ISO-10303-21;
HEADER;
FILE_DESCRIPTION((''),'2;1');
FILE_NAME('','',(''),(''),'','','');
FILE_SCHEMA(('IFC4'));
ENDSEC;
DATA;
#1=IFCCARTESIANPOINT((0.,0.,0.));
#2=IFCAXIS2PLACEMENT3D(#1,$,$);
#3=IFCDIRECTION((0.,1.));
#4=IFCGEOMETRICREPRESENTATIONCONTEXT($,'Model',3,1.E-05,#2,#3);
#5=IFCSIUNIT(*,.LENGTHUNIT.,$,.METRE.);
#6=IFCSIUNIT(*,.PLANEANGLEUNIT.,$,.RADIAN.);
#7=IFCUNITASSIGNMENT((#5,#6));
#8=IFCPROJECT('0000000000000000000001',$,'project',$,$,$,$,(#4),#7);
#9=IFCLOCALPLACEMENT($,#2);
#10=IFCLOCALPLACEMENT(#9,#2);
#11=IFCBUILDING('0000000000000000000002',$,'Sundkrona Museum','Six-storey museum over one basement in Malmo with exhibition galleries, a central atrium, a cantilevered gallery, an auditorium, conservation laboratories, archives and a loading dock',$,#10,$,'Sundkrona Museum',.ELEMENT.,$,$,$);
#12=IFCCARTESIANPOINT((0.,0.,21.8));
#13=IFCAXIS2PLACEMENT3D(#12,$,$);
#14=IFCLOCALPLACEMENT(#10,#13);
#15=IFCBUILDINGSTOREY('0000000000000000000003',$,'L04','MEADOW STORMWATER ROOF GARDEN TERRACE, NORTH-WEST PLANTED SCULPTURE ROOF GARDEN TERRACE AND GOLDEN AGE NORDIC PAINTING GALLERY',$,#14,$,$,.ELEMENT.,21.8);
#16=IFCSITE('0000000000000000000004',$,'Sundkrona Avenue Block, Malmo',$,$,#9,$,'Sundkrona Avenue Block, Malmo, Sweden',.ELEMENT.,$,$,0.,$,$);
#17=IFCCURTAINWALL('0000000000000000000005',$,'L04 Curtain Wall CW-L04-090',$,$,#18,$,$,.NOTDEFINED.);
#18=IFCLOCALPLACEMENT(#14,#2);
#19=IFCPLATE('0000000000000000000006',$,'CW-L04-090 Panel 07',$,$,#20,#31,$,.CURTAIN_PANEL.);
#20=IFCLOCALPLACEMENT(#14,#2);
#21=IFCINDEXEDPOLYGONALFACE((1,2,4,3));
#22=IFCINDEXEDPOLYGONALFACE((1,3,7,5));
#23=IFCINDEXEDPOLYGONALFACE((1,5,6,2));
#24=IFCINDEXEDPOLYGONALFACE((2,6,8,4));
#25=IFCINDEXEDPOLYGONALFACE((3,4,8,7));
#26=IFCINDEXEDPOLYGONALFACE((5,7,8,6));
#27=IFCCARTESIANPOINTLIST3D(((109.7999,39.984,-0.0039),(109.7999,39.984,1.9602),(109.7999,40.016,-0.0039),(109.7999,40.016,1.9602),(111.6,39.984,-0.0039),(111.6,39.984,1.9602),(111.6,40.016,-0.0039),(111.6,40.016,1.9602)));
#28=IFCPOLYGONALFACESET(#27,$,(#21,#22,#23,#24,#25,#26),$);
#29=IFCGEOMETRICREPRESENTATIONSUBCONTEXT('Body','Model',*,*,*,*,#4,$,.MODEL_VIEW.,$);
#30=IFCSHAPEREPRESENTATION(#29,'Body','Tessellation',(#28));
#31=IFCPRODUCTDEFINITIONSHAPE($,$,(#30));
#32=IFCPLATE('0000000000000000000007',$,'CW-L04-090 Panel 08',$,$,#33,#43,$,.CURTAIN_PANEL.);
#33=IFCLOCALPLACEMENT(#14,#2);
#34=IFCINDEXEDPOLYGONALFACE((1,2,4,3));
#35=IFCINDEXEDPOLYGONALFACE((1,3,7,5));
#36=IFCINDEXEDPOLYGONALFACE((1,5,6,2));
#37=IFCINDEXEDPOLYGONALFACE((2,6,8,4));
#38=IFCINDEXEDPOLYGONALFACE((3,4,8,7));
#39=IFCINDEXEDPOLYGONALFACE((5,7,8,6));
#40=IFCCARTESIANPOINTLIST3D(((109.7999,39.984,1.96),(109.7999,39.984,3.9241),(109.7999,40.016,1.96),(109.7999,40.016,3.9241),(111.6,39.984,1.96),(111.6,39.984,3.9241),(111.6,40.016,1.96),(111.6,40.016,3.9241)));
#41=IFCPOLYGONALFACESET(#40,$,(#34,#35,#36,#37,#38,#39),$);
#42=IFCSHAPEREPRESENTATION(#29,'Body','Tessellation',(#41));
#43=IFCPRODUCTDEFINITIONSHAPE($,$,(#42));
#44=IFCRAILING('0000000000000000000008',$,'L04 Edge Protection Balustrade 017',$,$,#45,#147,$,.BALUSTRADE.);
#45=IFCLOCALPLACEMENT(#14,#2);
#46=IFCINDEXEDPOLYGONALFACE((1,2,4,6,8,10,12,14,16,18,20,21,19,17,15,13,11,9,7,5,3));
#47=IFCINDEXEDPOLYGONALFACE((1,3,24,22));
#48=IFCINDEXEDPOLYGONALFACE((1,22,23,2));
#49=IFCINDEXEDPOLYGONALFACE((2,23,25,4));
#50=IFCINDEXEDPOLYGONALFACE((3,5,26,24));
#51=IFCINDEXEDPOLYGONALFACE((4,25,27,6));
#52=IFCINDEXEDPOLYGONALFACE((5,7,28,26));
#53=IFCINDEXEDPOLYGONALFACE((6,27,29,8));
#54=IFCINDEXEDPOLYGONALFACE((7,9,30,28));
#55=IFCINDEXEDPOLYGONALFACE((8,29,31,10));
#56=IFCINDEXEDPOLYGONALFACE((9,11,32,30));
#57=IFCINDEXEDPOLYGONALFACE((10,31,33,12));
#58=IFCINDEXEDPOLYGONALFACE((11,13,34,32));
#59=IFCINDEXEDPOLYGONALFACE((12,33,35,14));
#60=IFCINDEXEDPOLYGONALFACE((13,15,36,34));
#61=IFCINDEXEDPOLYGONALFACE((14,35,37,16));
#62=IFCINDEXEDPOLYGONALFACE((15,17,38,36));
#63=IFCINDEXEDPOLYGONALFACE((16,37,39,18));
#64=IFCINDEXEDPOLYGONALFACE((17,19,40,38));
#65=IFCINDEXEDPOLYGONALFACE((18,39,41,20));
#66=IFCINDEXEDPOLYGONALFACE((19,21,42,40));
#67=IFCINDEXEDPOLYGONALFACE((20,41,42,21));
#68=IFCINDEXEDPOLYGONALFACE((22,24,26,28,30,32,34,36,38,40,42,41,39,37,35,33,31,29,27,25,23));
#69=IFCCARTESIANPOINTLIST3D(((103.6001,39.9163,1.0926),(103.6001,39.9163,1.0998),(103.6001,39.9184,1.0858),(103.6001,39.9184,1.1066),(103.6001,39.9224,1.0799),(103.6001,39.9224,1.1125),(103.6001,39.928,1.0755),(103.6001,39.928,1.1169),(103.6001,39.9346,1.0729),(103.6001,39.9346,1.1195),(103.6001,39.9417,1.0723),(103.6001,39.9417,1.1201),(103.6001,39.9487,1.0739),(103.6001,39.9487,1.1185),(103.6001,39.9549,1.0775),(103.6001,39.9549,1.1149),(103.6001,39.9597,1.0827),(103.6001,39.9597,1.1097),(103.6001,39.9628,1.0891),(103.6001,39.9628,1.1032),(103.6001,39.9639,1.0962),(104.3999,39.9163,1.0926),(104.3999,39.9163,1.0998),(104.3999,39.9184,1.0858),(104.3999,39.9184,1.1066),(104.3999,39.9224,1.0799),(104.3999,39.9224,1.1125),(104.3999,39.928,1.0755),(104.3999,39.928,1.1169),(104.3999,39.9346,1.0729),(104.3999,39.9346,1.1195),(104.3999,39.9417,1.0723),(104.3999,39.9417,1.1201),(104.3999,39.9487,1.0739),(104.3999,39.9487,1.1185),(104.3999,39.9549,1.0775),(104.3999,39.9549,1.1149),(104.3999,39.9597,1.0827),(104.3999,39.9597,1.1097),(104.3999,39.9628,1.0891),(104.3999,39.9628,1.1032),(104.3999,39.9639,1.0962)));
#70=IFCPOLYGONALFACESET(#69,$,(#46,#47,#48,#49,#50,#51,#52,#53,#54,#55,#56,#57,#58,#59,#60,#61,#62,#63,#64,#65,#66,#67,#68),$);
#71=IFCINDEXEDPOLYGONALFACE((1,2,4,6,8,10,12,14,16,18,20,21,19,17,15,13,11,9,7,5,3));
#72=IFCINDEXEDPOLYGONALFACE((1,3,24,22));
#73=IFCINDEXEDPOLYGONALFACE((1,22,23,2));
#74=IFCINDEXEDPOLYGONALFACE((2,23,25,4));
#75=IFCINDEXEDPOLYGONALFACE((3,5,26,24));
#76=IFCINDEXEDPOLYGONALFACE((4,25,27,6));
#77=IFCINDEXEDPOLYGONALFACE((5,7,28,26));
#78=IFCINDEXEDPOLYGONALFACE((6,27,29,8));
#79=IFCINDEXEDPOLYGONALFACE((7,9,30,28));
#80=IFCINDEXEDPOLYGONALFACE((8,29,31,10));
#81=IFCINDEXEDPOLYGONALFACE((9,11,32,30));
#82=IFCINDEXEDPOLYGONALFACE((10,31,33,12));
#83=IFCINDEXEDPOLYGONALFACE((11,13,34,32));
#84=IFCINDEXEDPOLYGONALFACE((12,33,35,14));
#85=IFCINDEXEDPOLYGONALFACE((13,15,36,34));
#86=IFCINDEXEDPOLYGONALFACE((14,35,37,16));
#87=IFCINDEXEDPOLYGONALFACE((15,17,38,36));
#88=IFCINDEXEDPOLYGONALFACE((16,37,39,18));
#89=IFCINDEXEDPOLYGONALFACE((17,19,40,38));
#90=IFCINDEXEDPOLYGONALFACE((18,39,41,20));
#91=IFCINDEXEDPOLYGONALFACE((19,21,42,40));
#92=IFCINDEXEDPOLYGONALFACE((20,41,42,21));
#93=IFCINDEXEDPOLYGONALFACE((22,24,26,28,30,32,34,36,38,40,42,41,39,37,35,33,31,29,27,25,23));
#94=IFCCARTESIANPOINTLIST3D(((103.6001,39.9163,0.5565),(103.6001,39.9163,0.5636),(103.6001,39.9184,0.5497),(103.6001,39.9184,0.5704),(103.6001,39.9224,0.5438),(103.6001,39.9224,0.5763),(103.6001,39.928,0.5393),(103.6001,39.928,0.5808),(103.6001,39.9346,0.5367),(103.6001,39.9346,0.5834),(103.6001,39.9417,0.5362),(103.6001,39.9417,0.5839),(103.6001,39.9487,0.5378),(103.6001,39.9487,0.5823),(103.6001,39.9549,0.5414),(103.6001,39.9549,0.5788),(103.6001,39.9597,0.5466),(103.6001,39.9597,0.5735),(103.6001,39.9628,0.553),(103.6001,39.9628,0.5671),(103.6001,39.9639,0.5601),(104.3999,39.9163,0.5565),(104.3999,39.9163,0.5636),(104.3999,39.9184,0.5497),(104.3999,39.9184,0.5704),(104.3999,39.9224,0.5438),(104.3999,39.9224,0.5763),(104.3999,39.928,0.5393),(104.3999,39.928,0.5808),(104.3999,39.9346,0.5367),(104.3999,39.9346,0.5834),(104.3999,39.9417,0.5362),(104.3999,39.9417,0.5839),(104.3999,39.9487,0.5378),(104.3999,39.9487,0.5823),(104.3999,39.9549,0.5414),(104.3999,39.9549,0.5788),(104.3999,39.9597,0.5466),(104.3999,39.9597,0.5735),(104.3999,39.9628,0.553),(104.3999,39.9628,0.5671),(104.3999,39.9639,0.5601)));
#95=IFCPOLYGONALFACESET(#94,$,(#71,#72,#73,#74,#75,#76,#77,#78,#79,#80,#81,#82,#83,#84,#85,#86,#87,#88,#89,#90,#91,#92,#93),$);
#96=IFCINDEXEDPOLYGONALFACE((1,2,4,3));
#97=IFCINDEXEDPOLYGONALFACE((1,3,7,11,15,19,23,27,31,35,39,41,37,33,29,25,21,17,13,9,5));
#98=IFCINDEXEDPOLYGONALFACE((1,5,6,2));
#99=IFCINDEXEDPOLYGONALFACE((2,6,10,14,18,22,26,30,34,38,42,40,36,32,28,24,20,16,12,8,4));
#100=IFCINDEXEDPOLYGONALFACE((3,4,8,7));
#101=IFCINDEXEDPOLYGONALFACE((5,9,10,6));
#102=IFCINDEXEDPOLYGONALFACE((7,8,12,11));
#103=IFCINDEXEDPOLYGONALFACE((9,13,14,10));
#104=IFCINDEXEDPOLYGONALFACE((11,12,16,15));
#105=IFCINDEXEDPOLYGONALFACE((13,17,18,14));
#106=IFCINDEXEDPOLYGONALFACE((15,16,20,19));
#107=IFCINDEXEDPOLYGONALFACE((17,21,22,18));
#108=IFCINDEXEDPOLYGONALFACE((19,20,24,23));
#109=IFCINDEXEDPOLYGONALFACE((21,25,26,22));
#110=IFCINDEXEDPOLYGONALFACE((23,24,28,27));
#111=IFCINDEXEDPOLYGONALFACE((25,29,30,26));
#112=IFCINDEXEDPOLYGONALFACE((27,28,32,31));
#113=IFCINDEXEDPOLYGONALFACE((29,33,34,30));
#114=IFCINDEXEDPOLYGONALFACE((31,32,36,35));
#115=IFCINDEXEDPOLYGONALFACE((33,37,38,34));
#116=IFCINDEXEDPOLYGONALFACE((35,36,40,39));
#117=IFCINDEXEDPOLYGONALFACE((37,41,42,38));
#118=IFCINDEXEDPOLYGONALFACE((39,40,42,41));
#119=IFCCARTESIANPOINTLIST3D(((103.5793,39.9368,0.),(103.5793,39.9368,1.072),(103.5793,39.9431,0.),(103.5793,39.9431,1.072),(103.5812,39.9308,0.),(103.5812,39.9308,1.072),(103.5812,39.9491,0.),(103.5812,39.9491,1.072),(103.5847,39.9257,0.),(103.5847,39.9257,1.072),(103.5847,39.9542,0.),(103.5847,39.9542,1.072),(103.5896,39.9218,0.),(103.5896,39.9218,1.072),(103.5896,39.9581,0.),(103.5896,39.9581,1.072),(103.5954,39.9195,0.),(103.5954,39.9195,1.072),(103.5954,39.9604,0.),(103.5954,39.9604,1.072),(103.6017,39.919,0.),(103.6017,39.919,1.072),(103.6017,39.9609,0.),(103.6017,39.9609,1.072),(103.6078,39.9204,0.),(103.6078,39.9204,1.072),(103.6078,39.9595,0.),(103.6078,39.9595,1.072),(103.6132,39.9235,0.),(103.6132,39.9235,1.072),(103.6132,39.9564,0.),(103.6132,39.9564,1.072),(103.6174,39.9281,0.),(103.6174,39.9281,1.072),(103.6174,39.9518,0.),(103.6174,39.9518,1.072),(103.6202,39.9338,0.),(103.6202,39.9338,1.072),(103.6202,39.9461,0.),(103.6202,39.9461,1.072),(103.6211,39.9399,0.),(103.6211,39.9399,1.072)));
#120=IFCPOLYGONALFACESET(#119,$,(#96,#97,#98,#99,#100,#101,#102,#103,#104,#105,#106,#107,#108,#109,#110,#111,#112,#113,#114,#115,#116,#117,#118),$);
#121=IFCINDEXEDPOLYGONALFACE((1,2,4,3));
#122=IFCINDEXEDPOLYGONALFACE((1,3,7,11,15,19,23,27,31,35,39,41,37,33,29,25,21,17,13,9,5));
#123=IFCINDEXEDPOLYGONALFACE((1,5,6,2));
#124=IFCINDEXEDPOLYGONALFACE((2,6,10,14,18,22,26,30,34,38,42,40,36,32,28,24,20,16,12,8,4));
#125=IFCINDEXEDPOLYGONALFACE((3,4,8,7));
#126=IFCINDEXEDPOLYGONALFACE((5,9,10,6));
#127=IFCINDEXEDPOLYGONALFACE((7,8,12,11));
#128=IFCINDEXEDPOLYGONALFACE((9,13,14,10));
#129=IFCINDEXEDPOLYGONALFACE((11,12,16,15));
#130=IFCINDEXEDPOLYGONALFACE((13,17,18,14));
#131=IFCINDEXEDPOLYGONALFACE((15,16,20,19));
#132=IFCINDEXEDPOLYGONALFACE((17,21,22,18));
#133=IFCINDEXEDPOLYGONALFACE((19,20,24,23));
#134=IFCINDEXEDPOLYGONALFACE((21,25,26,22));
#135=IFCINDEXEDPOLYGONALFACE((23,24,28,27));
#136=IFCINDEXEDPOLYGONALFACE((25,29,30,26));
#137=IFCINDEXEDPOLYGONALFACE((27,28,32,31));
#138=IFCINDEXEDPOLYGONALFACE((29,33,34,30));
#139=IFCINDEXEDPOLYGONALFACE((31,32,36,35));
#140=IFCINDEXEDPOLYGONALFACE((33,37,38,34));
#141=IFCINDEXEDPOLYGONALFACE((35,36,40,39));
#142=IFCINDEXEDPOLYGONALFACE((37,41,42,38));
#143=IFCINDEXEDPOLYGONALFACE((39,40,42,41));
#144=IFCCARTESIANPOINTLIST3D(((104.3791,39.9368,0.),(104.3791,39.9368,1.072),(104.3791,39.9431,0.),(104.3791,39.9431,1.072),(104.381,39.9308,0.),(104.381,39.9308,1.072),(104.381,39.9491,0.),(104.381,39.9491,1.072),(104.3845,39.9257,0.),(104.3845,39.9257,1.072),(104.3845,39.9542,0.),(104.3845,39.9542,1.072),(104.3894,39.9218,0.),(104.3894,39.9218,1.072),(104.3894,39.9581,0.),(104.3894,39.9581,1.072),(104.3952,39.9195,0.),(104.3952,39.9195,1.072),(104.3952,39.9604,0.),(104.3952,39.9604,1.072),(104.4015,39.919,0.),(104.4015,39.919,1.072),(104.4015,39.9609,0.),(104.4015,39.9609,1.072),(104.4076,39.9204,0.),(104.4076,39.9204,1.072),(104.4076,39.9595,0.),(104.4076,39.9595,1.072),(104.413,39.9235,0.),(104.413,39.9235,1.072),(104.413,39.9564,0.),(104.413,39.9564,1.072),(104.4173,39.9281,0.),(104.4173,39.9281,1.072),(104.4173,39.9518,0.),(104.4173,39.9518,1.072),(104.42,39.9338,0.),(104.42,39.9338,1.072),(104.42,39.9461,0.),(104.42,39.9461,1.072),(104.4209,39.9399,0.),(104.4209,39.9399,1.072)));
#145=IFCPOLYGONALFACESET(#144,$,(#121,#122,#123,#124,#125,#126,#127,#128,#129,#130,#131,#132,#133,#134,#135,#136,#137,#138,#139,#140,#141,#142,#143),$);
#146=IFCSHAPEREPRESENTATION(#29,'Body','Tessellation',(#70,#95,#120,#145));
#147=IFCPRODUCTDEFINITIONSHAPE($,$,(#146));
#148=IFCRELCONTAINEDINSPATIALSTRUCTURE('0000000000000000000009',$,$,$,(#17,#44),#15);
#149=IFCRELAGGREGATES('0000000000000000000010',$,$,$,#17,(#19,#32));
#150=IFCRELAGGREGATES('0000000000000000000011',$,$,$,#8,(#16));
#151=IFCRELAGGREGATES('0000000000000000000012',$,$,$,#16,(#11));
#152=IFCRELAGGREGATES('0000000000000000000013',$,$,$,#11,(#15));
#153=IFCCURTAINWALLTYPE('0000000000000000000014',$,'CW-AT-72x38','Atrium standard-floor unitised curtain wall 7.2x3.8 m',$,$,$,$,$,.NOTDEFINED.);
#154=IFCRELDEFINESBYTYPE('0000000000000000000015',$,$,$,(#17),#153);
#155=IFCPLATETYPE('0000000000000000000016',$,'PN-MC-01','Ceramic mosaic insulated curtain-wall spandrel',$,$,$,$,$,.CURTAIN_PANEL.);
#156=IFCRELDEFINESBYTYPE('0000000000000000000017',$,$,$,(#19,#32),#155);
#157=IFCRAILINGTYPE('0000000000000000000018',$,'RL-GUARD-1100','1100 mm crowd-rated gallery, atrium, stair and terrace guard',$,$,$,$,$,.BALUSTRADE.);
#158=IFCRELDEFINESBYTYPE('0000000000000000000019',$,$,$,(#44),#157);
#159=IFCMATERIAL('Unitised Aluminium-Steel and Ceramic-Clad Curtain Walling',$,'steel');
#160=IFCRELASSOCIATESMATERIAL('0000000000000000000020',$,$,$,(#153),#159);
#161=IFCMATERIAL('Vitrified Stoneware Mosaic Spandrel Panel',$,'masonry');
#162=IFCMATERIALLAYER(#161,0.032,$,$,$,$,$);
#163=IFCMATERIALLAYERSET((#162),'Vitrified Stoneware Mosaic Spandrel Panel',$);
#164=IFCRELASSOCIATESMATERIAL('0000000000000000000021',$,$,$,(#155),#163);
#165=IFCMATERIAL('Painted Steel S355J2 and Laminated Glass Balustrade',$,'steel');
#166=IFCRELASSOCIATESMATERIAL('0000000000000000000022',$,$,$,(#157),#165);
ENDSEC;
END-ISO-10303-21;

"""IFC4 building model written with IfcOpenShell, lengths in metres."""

from ifc_helpers import new_model, si_unit, direction, frame, origin, origin_2d, place, context, subcontext, project, spatial, rectangle, circle, extrude, material, layer, layer_set, type_object, element, aggregate, save


model = new_model("IFC4")

# Units and contexts
model_context = context("Model", 3, precision=1e-05, world=origin(), true_north=direction((0.0, 1.0)))
body_context = subcontext(model_context, "Body", "Model", "MODEL_VIEW")
ifc_project = project(units=[si_unit("LENGTHUNIT", "METRE"), si_unit("PLANEANGLEUNIT", "RADIAN")], contexts=[model_context])

# Site, building, storey
site_placement = place(None, origin())
site = spatial("IfcSite", under=ifc_project, at=site_placement, Name="Sundkrona Avenue Block, Malmo", LongName="Sundkrona Avenue Block, Malmo, Sweden", CompositionType="ELEMENT", RefElevation=0.0)
building_placement = place(site_placement, origin())
building = spatial("IfcBuilding", under=site, at=building_placement, Name="Sundkrona Museum", Description="Six-storey museum over one basement in Malmo with exhibition galleries, a central atrium, a cantilevered gallery, an auditorium, conservation laboratories, archives and a loading dock", LongName="Sundkrona Museum", CompositionType="ELEMENT")
storey_placement = place(building_placement, frame((0.0, 0.0, 21.8)))
storey = spatial("IfcBuildingStorey", under=building, at=storey_placement, Name="L04", Description="MEADOW STORMWATER ROOF GARDEN TERRACE, NORTH-WEST PLANTED SCULPTURE ROOF GARDEN TERRACE AND GOLDEN AGE NORDIC PAINTING GALLERY", CompositionType="ELEMENT", Elevation=21.8)

# Curtain wall
ifc_material_1 = material(Name="Unitised Aluminium-Steel and Ceramic-Clad Curtain Walling", Category="steel")
curtain_wall_type = type_object("IfcCurtainWallType", Name="CW-AT-72x38", Description="Atrium standard-floor unitised curtain wall 7.2x3.8 m", PredefinedType="NOTDEFINED", material=ifc_material_1)
curtain_wall_1_placement = place(storey_placement, origin())
curtain_wall_1 = element("IfcCurtainWall", 1, at=curtain_wall_1_placement, inside=storey, type_object=curtain_wall_type, Name="L04 Curtain Wall CW-L04-090", PredefinedType="NOTDEFINED")

# Plates
ifc_material_2 = material(Name="Vitrified Stoneware Mosaic Spandrel Panel", Category="masonry")
ifc_layer = layer(ifc_material_2, 0.032)
ifc_layer_set = layer_set([ifc_layer], Name="Vitrified Stoneware Mosaic Spandrel Panel")
plate_type = type_object("IfcPlateType", Name="PN-MC-01", Description="Ceramic mosaic insulated curtain-wall spandrel", PredefinedType="CURTAIN_PANEL", material=ifc_layer_set)
plate_1_placement = place(storey_placement, frame((110.7, 40.0, -0.0039), z_axis=(0.0, 0.0, 1.0), x_axis=(1.0, 0.0, 0.0)))
plate_1 = element("IfcPlate", 2, at=plate_1_placement, type_object=plate_type, Name="CW-L04-090 Panel 07", PredefinedType="CURTAIN_PANEL", context=body_context, shape_type="SweptSolid", body=[
    extrude(rectangle(XDim=1.8, YDim=0.032, at=origin_2d()), origin(), (0.0, 0.0, 1.0), 1.9641),
])
plate_2_placement = place(storey_placement, frame((110.7, 40.0, 1.96), z_axis=(0.0, 0.0, 1.0), x_axis=(1.0, 0.0, 0.0)))
plate_2 = element("IfcPlate", 3, at=plate_2_placement, type_object=plate_type, Name="CW-L04-090 Panel 08", PredefinedType="CURTAIN_PANEL", context=body_context, shape_type="SweptSolid", body=[
    extrude(rectangle(XDim=1.8, YDim=0.032, at=origin_2d()), origin(), (0.0, 0.0, 1.0), 1.9641),
])
aggregate(curtain_wall_1, [plate_1, plate_2])

# Railing
ifc_material_3 = material(Name="Painted Steel S355J2 and Laminated Glass Balustrade", Category="steel")
railing_type = type_object("IfcRailingType", Name="RL-GUARD-1100", Description="1100 mm crowd-rated gallery, atrium, stair and terrace guard", PredefinedType="BALUSTRADE", material=ifc_material_3)
for number, where, name in (
    (4, (103.6001, 39.9399, 0.0), "L04 Edge Protection Balustrade 017"),
):
    element("IfcRailing", number, at=place(storey_placement, frame(where)), inside=storey, type_object=railing_type, Name=name, PredefinedType="BALUSTRADE", context=body_context, shape_type="SweptSolid", body=[
        extrude(circle(Radius=0.0239, at=origin_2d()), frame((0.0, 0.0, 1.0962), z_axis=(1.0, 0.0, 0.0), x_axis=(0.0, 1.0, 0.0)), (0.0, 0.0, 1.0), 0.7998),
        extrude(circle(Radius=0.0239, at=origin_2d()), frame((0.0, 0.0, 0.5601), z_axis=(1.0, 0.0, 0.0), x_axis=(0.0, 1.0, 0.0)), (0.0, 0.0, 1.0), 0.7998),
        extrude(circle(Radius=0.021, at=origin_2d()), origin(), (0.0, 0.0, 1.0), 1.072),
        extrude(circle(Radius=0.021, at=origin_2d()), frame((0.7998, 0.0, 0.0)), (0.0, 0.0, 1.0), 1.072),
    ])

save(model, "model.ifc")
